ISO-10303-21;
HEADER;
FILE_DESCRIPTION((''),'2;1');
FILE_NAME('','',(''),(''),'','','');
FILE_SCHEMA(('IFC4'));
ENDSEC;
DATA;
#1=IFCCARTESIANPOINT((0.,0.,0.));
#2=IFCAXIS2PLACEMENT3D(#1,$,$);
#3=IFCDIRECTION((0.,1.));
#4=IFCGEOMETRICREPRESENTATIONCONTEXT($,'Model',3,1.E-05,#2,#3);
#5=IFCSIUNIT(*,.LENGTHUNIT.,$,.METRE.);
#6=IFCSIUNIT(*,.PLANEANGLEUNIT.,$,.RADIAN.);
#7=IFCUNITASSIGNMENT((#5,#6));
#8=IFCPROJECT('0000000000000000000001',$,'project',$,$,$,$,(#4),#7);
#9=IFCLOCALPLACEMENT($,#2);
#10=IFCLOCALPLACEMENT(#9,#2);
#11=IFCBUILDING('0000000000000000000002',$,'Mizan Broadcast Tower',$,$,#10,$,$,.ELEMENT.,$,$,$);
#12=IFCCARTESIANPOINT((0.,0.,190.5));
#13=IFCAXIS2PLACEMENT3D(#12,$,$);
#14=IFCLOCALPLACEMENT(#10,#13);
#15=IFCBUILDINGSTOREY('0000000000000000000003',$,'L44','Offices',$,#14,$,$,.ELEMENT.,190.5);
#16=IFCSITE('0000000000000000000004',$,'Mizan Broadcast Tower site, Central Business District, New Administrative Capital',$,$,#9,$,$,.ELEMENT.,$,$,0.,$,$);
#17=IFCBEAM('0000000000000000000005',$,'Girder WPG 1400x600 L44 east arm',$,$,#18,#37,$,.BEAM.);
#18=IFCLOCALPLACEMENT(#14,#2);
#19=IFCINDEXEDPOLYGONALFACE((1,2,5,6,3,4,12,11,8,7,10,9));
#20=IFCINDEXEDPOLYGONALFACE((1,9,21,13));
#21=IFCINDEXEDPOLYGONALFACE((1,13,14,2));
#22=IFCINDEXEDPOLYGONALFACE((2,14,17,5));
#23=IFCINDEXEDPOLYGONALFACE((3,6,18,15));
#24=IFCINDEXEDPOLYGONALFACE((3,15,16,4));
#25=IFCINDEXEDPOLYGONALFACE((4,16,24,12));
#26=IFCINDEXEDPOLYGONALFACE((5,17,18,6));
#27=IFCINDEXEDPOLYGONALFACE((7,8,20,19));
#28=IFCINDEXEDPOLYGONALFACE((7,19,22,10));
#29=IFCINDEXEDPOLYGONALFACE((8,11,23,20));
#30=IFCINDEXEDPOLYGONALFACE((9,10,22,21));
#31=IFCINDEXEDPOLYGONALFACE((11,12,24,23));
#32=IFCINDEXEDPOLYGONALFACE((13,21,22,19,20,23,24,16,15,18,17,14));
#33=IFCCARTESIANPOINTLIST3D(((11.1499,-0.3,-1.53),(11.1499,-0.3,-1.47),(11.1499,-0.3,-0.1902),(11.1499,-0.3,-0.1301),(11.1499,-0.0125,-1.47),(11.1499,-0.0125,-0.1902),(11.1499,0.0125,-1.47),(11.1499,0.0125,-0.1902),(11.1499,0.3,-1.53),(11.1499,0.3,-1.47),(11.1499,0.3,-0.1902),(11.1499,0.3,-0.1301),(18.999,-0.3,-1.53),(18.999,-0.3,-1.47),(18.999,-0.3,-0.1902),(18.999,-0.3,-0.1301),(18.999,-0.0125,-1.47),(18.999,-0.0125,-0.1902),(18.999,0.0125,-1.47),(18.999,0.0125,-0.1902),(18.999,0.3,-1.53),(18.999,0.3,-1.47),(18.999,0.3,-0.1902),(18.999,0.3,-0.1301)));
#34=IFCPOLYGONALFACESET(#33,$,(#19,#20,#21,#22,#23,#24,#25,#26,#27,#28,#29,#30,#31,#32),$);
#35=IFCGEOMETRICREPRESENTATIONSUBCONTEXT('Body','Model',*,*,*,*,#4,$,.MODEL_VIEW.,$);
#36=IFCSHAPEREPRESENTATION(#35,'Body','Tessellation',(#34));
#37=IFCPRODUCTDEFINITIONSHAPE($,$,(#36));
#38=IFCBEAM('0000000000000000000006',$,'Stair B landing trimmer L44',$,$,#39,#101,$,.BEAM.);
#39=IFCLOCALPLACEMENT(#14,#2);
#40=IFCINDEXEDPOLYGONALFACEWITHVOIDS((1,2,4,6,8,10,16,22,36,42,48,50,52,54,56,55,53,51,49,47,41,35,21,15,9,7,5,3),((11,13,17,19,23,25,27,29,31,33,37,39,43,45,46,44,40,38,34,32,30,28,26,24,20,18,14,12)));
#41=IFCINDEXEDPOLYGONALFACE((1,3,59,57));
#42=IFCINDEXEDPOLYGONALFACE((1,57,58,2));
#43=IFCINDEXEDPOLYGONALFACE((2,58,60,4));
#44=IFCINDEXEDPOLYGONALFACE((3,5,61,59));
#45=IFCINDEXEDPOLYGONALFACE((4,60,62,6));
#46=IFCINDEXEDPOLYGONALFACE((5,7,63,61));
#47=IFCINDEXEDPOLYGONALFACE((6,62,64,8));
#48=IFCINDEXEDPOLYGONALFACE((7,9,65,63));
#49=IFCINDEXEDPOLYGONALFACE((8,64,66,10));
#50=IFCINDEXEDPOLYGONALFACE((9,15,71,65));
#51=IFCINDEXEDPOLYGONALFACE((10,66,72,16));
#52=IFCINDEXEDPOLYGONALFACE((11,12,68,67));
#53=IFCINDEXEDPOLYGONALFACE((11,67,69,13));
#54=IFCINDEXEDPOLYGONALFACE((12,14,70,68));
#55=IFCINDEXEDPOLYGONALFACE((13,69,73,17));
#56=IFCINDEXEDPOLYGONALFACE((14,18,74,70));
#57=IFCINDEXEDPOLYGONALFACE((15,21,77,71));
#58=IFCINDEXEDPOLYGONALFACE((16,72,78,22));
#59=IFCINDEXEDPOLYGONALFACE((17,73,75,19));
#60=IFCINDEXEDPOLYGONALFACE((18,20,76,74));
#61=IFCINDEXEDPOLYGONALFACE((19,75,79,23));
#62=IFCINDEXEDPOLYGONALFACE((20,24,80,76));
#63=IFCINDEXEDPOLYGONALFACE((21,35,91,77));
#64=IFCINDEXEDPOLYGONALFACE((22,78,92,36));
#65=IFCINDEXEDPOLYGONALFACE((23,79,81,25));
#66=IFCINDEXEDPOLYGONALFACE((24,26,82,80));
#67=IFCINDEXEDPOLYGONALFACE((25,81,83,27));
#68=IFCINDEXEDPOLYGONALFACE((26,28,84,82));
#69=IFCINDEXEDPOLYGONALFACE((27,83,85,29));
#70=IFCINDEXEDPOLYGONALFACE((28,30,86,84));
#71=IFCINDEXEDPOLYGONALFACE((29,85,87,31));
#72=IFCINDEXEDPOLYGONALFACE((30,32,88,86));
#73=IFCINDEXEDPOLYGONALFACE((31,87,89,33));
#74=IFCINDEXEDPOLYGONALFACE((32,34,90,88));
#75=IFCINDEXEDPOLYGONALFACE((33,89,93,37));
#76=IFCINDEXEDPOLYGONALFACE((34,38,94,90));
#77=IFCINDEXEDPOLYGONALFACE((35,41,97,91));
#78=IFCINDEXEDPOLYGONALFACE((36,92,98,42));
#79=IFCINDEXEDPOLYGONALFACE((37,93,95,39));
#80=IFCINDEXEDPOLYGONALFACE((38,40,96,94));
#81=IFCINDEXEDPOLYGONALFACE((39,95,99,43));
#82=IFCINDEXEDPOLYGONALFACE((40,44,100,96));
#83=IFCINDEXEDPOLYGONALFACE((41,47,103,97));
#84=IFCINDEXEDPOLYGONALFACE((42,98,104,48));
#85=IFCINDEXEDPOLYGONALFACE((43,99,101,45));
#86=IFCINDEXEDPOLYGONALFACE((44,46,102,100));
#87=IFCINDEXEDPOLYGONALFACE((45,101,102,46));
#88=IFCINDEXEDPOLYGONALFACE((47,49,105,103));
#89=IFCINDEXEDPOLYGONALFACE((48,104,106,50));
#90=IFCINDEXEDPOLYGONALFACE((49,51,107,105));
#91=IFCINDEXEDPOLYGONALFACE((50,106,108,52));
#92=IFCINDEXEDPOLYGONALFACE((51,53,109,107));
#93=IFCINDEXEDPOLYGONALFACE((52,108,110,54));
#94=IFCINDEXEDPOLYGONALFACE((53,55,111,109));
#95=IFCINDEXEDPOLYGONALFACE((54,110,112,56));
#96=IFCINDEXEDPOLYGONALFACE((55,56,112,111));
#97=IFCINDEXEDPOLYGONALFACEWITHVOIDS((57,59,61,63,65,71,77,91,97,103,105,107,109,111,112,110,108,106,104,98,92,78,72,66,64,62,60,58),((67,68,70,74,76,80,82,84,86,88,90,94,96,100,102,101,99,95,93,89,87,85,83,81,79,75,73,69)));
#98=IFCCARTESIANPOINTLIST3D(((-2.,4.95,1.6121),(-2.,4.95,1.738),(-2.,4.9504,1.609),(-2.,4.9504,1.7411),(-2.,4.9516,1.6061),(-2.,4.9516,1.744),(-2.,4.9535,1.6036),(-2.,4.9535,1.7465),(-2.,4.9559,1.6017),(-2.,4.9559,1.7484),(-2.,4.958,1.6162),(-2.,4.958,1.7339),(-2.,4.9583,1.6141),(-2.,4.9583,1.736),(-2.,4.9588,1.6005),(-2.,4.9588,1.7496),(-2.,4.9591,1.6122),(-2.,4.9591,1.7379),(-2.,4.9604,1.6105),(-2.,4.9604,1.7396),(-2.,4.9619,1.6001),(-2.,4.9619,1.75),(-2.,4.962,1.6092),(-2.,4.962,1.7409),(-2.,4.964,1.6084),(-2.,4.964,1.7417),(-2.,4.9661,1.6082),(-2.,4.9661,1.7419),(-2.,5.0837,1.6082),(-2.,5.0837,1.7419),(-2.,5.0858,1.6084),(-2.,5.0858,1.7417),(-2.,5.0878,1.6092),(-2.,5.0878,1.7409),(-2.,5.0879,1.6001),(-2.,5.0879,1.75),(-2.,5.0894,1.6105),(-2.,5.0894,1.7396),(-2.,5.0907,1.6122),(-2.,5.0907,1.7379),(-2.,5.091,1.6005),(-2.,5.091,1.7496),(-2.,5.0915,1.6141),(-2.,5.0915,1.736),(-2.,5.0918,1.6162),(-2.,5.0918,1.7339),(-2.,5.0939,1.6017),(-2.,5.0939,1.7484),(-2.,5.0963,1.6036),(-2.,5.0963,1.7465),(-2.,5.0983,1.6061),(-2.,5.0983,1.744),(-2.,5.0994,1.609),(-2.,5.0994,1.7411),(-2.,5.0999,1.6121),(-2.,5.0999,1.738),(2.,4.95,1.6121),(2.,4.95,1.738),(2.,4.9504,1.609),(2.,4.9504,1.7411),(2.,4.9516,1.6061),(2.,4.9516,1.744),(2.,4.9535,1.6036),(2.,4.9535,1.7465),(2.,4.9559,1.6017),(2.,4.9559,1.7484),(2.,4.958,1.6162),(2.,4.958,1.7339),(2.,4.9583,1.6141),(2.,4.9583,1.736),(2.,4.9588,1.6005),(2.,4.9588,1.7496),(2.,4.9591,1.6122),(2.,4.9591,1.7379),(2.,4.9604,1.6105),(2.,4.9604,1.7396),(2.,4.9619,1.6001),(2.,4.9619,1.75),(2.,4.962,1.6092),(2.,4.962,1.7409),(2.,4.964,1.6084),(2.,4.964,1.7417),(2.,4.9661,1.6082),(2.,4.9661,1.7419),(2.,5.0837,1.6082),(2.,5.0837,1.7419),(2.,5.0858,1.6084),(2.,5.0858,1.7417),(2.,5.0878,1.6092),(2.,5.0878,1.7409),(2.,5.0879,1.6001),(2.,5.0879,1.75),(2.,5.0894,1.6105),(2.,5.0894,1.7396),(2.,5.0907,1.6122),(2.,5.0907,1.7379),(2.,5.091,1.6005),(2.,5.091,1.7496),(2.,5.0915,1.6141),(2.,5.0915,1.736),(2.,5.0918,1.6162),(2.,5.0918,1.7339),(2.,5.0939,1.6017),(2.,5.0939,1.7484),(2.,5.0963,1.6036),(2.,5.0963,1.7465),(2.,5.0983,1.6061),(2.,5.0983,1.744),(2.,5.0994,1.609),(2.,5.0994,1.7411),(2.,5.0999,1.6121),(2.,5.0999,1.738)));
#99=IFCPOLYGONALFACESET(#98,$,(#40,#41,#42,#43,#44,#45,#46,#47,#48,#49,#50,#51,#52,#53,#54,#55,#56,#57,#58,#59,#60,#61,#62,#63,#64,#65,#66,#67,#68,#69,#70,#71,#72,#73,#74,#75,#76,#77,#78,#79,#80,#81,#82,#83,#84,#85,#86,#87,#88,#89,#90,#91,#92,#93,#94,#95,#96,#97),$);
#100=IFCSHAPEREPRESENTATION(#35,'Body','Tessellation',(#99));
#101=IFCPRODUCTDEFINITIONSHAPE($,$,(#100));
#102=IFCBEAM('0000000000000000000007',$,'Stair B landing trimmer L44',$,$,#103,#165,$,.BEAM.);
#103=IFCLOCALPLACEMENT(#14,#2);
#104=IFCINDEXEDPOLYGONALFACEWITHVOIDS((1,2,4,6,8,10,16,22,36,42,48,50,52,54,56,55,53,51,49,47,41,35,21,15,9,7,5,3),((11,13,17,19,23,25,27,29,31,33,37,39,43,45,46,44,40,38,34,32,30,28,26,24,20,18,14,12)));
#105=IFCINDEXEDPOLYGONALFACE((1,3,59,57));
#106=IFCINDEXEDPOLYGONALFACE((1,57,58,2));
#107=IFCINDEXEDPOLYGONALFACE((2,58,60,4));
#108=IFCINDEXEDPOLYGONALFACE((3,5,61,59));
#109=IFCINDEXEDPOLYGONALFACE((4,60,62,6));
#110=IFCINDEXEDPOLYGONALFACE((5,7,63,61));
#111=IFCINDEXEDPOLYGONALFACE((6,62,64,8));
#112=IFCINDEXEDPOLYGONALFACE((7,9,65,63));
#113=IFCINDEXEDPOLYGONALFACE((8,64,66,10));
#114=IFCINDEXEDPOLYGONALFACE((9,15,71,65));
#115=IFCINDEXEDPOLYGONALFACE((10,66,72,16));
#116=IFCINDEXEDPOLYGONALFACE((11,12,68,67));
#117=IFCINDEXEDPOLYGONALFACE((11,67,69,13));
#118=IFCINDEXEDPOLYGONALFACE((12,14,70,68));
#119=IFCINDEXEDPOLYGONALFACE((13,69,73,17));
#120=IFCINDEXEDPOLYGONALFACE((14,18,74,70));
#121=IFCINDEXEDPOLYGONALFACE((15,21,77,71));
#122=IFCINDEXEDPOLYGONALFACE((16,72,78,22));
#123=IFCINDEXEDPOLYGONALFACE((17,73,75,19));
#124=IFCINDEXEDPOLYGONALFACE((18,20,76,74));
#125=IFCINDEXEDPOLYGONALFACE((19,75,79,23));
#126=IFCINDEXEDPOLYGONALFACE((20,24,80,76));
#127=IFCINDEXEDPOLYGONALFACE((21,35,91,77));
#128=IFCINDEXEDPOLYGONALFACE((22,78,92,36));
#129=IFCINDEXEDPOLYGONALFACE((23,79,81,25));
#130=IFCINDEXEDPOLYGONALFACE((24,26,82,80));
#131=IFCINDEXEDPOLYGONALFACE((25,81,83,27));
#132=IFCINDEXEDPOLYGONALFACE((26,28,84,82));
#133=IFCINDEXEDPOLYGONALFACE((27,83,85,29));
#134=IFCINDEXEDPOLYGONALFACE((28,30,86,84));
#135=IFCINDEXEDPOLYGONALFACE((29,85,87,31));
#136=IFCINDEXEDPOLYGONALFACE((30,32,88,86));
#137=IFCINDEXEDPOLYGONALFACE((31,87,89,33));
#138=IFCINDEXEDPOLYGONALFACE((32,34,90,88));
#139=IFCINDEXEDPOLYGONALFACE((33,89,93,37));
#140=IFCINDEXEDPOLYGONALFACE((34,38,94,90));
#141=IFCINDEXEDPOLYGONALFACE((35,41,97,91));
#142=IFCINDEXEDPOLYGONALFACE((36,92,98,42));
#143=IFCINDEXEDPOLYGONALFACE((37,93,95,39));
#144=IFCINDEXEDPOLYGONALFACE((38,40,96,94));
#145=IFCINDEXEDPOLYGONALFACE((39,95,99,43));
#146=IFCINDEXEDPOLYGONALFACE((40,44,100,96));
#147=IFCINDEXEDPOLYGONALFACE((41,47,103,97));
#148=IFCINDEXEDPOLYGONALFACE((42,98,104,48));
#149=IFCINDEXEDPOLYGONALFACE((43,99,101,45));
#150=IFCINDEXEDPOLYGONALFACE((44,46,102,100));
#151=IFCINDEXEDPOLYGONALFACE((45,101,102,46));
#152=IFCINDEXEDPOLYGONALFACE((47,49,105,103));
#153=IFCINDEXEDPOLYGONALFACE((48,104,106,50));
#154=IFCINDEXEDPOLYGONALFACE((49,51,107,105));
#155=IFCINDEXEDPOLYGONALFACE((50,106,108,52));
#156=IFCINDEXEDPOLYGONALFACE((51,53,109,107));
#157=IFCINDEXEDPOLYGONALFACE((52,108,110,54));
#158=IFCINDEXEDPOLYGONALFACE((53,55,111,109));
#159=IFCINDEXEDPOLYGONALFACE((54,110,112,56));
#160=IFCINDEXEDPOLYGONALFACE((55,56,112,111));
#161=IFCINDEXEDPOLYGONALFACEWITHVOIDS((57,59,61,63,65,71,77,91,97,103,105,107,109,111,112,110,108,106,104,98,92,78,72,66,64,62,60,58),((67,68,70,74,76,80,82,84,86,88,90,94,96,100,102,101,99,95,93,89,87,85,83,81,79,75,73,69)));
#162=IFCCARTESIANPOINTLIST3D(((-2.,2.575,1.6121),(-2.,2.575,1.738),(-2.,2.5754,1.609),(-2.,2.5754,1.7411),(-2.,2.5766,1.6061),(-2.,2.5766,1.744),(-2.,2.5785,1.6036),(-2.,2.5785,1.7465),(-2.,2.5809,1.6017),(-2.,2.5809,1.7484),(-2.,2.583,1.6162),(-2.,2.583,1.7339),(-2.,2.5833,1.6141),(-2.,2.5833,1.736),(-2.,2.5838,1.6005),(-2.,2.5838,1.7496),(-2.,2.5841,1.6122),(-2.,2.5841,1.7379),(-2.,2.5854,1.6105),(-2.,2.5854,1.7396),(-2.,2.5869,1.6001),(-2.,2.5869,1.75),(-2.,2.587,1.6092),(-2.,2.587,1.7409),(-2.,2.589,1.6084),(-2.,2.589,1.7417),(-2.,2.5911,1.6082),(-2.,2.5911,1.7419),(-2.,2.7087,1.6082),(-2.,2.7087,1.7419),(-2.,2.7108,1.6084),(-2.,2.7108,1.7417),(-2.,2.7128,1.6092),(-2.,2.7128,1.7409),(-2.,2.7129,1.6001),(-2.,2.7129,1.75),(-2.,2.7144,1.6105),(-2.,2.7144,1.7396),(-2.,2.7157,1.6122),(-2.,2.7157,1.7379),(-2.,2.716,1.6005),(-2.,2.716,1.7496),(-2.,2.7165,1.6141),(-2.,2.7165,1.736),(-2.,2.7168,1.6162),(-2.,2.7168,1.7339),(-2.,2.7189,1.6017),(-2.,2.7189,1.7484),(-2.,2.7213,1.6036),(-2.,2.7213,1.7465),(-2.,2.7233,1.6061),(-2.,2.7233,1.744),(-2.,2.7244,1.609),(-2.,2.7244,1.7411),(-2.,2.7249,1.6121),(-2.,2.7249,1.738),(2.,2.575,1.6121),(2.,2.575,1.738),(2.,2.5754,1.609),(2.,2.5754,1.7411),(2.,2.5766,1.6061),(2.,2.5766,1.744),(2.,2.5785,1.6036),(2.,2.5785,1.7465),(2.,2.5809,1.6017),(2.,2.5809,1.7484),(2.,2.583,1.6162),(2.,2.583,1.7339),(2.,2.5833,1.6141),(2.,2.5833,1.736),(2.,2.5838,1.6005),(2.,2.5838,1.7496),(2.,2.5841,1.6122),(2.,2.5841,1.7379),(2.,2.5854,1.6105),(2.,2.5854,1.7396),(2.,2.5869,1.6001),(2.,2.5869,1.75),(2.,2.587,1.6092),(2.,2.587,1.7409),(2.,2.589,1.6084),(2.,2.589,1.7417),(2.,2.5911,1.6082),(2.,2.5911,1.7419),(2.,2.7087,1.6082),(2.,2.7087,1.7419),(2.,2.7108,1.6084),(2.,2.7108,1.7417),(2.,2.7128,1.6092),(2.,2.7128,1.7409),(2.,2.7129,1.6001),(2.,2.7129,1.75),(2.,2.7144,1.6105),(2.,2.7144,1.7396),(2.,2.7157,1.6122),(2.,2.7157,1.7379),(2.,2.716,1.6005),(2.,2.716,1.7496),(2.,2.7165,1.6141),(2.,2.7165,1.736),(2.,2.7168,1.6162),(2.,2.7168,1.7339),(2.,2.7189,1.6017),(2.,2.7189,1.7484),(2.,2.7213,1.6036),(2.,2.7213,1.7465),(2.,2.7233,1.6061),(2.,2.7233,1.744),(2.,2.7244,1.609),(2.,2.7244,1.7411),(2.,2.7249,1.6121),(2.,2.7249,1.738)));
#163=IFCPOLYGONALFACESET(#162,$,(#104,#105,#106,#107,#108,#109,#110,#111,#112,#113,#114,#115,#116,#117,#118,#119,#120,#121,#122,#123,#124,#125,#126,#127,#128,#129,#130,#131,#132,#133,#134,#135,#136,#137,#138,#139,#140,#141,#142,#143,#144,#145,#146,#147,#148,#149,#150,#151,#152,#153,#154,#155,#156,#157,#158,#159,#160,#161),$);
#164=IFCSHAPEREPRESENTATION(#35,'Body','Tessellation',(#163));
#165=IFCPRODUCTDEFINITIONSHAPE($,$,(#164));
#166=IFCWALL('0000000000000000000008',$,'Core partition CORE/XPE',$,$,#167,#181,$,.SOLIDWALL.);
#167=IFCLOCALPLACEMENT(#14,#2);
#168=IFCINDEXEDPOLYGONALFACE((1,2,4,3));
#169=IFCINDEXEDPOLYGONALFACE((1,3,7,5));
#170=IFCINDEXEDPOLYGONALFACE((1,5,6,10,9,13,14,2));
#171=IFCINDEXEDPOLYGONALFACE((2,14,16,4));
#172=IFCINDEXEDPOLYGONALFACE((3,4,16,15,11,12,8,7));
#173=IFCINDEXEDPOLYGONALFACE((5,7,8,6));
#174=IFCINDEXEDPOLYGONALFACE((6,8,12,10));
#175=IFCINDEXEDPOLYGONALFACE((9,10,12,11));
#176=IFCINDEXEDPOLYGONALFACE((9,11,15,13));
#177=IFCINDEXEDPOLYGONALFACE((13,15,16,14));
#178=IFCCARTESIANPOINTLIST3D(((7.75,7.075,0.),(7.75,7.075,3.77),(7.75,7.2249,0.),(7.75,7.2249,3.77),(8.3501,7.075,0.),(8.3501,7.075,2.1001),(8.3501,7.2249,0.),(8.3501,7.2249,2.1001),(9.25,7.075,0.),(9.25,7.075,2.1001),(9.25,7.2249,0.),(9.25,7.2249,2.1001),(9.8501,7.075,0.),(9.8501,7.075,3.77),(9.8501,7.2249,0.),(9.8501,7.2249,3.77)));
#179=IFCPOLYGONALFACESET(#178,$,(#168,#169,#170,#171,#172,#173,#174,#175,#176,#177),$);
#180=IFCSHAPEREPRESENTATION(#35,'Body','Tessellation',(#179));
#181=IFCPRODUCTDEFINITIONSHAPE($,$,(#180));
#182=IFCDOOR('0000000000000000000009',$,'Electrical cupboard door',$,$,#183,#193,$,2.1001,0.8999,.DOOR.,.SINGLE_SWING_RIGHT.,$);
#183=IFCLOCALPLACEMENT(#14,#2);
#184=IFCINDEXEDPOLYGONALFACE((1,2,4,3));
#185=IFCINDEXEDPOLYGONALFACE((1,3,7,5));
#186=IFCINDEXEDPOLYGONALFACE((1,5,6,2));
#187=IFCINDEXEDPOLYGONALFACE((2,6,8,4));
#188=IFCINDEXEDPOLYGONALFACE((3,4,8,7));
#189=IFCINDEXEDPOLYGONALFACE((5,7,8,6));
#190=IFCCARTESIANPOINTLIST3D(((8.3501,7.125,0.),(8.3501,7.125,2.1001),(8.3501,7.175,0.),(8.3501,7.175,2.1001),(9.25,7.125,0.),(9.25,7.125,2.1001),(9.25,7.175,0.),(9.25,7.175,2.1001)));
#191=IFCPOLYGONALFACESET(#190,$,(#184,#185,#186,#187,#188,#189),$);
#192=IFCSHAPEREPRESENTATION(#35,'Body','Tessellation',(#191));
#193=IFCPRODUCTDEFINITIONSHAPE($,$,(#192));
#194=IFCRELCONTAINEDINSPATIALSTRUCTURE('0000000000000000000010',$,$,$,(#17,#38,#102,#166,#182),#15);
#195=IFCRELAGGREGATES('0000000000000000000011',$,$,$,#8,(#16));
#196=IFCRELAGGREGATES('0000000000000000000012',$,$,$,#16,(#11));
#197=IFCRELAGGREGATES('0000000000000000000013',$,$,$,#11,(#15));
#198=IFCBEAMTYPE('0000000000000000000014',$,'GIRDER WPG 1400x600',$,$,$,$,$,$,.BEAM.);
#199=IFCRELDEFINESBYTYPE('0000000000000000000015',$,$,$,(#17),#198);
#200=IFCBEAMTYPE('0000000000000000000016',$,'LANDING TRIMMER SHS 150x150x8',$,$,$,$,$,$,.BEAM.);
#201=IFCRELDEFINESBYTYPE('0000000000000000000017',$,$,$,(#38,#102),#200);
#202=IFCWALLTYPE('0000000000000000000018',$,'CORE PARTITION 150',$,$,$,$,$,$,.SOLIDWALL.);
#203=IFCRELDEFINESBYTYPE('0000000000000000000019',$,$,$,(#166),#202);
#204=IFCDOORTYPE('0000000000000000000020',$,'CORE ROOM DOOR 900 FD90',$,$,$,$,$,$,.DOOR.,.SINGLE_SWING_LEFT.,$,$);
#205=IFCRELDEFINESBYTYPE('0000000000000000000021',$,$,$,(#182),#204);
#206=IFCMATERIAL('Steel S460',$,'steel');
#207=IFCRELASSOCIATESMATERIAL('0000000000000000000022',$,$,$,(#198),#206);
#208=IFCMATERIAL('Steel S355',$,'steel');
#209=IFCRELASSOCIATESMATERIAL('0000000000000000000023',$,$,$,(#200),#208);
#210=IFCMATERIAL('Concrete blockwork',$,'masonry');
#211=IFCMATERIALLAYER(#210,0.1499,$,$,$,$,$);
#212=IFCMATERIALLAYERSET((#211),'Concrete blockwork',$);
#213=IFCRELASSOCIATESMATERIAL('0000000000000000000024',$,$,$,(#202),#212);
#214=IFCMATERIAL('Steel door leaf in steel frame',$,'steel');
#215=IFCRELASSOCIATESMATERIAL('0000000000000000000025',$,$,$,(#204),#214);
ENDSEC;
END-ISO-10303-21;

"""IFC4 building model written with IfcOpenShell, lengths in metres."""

from ifc_helpers import new_model, si_unit, direction, frame, frame_2d, origin, origin_2d, place, context, subcontext, project, spatial, rectangle, hollow_rectangle, i_section, extrude, material, layer, layer_set, material_profile, profile_set, type_object, element, fill, save


model = new_model("IFC4")

# Units and contexts
model_context = context("Model", 3, precision=1e-05, world=origin(), true_north=direction((0.0, 1.0)))
body_context = subcontext(model_context, "Body", "Model", "MODEL_VIEW")
ifc_project = project(units=[si_unit("LENGTHUNIT", "METRE"), si_unit("PLANEANGLEUNIT", "RADIAN")], contexts=[model_context])

# Site, building, storey
site_placement = place(None, origin())
site = spatial("IfcSite", under=ifc_project, at=site_placement, Name="Mizan Broadcast Tower site, Central Business District, New Administrative Capital", CompositionType="ELEMENT", RefElevation=0.0)
building_placement = place(site_placement, origin())
building = spatial("IfcBuilding", under=site, at=building_placement, Name="Mizan Broadcast Tower", CompositionType="ELEMENT")
storey_placement = place(building_placement, frame((0.0, 0.0, 190.5)))
storey = spatial("IfcBuildingStorey", under=building, at=storey_placement, Name="L44", Description="Offices", CompositionType="ELEMENT", Elevation=190.5)

# Beams
ifc_material_1 = material(Name="Steel S460", Category="steel")
ifc_material_profile_1 = material_profile(ifc_material_1, i_section(OverallWidth=0.6001, OverallDepth=1.3999, WebThickness=0.0249, FlangeThickness=0.0601, at=origin_2d()), Name="WPG 1400x600")
ifc_profile_set_1 = profile_set([ifc_material_profile_1], Name="Steel S460")
beam_type_1 = type_object("IfcBeamType", Name="GIRDER WPG 1400x600", PredefinedType="BEAM", material=ifc_profile_set_1)
beam_placement = place(storey_placement, frame((11.1499, 0.0, -0.8301), z_axis=(1.0, 0.0, 0.0), x_axis=(0.0, 1.0, 0.0)))
element("IfcBeam", 1, at=beam_placement, inside=storey, type_object=beam_type_1, Name="Girder WPG 1400x600 L44 east arm", PredefinedType="BEAM", context=body_context, shape_type="SweptSolid", body=[
    extrude(i_section(OverallWidth=0.6001, OverallDepth=1.3999, WebThickness=0.0249, FlangeThickness=0.0601, at=origin_2d()), origin(), (0.0, 0.0, 1.0), 7.8491),
])
ifc_material_2 = material(Name="Steel S355", Category="steel")
ifc_material_profile_2 = material_profile(ifc_material_2, hollow_rectangle(XDim=0.1499, YDim=0.1499, WallThickness=0.0081, InnerFilletRadius=0.0081, OuterFilletRadius=0.012, at=origin_2d()), Name="SHS 150x150x8")
ifc_profile_set_2 = profile_set([ifc_material_profile_2], Name="Steel S355")
beam_type_2 = type_object("IfcBeamType", Name="LANDING TRIMMER SHS 150x150x8", PredefinedType="BEAM", material=ifc_profile_set_2)
for number, where, z_axis, x_axis, name in (
    (2, (2.0, 5.0249, 1.675), (-1.0, 0.0, 0.0), (0.0, -1.0, 0.0), "Stair B landing trimmer L44"),
    (3, (2.0, 2.6499, 1.675), (-1.0, 0.0, 0.0), (0.0, -1.0, 0.0), "Stair B landing trimmer L44"),
):
    element("IfcBeam", number, at=place(storey_placement, frame(where, z_axis=z_axis, x_axis=x_axis)), inside=storey, type_object=beam_type_2, Name=name, PredefinedType="BEAM", context=body_context, shape_type="SweptSolid", body=[
        extrude(hollow_rectangle(XDim=0.1499, YDim=0.1499, WallThickness=0.0081, InnerFilletRadius=0.0081, OuterFilletRadius=0.012, at=origin_2d()), origin(), (0.0, 0.0, 1.0), 4.0),
    ])

# Wall, opening, door
ifc_material_3 = material(Name="Concrete blockwork", Category="masonry")
ifc_layer_1 = layer(ifc_material_3, 0.1499)
ifc_layer_set_1 = layer_set([ifc_layer_1], Name="Concrete blockwork")
wall_type_1 = type_object("IfcWallType", Name="CORE PARTITION 150", PredefinedType="SOLIDWALL", material=ifc_layer_set_1)
wall_1_placement = place(storey_placement, frame((9.8501, 7.1499, 0.0), z_axis=(0.0, 0.0, 1.0), x_axis=(-1.0, 0.0, 0.0)))
wall_1 = element("IfcWall", 4, at=wall_1_placement, inside=storey, type_object=wall_type_1, Name="Core partition CORE/XPE", PredefinedType="SOLIDWALL", context=body_context, shape_type="SweptSolid", body=[
    extrude(rectangle(XDim=2.1001, YDim=0.1499, at=frame_2d((1.05, 0.0))), origin(), (0.0, 0.0, 1.0), 3.77),
])
opening_1_placement = place(wall_1_placement, frame((0.6001, 0.0, 0.0)))
opening_1 = element("IfcOpeningElement", 5, at=opening_1_placement, cuts=wall_1, PredefinedType="OPENING", context=body_context, shape_type="SweptSolid", body=[
    extrude(rectangle(XDim=0.8999, YDim=2.1001, at=frame_2d((0.45, 1.05))), frame((0.0, 0.085, 0.0), z_axis=(0.0, -1.0, 0.0), x_axis=(1.0, 0.0, 0.0)), (0.0, 0.0, 1.0), 0.1699),
])
ifc_material_4 = material(Name="Steel door leaf in steel frame", Category="steel")
door_type_1 = type_object("IfcDoorType", Name="CORE ROOM DOOR 900 FD90", OperationType="SINGLE_SWING_LEFT", PredefinedType="DOOR", material=ifc_material_4)
door_1_placement = place(opening_1_placement, origin())
door_1 = element("IfcDoor", 6, at=door_1_placement, inside=storey, type_object=door_type_1, Name="Electrical cupboard door", OperationType="SINGLE_SWING_RIGHT", OverallHeight=2.1001, OverallWidth=0.8999, PredefinedType="DOOR", context=body_context, shape_type="SweptSolid", body=[
    extrude(rectangle(XDim=0.8999, YDim=2.1001, at=frame_2d((0.45, 1.05))), frame((0.0, 0.0249, 0.0), z_axis=(0.0, -1.0, 0.0), x_axis=(1.0, 0.0, 0.0)), (0.0, 0.0, 1.0), 0.05),
])
fill(opening_1, door_1)

save(model, "model.ifc")
